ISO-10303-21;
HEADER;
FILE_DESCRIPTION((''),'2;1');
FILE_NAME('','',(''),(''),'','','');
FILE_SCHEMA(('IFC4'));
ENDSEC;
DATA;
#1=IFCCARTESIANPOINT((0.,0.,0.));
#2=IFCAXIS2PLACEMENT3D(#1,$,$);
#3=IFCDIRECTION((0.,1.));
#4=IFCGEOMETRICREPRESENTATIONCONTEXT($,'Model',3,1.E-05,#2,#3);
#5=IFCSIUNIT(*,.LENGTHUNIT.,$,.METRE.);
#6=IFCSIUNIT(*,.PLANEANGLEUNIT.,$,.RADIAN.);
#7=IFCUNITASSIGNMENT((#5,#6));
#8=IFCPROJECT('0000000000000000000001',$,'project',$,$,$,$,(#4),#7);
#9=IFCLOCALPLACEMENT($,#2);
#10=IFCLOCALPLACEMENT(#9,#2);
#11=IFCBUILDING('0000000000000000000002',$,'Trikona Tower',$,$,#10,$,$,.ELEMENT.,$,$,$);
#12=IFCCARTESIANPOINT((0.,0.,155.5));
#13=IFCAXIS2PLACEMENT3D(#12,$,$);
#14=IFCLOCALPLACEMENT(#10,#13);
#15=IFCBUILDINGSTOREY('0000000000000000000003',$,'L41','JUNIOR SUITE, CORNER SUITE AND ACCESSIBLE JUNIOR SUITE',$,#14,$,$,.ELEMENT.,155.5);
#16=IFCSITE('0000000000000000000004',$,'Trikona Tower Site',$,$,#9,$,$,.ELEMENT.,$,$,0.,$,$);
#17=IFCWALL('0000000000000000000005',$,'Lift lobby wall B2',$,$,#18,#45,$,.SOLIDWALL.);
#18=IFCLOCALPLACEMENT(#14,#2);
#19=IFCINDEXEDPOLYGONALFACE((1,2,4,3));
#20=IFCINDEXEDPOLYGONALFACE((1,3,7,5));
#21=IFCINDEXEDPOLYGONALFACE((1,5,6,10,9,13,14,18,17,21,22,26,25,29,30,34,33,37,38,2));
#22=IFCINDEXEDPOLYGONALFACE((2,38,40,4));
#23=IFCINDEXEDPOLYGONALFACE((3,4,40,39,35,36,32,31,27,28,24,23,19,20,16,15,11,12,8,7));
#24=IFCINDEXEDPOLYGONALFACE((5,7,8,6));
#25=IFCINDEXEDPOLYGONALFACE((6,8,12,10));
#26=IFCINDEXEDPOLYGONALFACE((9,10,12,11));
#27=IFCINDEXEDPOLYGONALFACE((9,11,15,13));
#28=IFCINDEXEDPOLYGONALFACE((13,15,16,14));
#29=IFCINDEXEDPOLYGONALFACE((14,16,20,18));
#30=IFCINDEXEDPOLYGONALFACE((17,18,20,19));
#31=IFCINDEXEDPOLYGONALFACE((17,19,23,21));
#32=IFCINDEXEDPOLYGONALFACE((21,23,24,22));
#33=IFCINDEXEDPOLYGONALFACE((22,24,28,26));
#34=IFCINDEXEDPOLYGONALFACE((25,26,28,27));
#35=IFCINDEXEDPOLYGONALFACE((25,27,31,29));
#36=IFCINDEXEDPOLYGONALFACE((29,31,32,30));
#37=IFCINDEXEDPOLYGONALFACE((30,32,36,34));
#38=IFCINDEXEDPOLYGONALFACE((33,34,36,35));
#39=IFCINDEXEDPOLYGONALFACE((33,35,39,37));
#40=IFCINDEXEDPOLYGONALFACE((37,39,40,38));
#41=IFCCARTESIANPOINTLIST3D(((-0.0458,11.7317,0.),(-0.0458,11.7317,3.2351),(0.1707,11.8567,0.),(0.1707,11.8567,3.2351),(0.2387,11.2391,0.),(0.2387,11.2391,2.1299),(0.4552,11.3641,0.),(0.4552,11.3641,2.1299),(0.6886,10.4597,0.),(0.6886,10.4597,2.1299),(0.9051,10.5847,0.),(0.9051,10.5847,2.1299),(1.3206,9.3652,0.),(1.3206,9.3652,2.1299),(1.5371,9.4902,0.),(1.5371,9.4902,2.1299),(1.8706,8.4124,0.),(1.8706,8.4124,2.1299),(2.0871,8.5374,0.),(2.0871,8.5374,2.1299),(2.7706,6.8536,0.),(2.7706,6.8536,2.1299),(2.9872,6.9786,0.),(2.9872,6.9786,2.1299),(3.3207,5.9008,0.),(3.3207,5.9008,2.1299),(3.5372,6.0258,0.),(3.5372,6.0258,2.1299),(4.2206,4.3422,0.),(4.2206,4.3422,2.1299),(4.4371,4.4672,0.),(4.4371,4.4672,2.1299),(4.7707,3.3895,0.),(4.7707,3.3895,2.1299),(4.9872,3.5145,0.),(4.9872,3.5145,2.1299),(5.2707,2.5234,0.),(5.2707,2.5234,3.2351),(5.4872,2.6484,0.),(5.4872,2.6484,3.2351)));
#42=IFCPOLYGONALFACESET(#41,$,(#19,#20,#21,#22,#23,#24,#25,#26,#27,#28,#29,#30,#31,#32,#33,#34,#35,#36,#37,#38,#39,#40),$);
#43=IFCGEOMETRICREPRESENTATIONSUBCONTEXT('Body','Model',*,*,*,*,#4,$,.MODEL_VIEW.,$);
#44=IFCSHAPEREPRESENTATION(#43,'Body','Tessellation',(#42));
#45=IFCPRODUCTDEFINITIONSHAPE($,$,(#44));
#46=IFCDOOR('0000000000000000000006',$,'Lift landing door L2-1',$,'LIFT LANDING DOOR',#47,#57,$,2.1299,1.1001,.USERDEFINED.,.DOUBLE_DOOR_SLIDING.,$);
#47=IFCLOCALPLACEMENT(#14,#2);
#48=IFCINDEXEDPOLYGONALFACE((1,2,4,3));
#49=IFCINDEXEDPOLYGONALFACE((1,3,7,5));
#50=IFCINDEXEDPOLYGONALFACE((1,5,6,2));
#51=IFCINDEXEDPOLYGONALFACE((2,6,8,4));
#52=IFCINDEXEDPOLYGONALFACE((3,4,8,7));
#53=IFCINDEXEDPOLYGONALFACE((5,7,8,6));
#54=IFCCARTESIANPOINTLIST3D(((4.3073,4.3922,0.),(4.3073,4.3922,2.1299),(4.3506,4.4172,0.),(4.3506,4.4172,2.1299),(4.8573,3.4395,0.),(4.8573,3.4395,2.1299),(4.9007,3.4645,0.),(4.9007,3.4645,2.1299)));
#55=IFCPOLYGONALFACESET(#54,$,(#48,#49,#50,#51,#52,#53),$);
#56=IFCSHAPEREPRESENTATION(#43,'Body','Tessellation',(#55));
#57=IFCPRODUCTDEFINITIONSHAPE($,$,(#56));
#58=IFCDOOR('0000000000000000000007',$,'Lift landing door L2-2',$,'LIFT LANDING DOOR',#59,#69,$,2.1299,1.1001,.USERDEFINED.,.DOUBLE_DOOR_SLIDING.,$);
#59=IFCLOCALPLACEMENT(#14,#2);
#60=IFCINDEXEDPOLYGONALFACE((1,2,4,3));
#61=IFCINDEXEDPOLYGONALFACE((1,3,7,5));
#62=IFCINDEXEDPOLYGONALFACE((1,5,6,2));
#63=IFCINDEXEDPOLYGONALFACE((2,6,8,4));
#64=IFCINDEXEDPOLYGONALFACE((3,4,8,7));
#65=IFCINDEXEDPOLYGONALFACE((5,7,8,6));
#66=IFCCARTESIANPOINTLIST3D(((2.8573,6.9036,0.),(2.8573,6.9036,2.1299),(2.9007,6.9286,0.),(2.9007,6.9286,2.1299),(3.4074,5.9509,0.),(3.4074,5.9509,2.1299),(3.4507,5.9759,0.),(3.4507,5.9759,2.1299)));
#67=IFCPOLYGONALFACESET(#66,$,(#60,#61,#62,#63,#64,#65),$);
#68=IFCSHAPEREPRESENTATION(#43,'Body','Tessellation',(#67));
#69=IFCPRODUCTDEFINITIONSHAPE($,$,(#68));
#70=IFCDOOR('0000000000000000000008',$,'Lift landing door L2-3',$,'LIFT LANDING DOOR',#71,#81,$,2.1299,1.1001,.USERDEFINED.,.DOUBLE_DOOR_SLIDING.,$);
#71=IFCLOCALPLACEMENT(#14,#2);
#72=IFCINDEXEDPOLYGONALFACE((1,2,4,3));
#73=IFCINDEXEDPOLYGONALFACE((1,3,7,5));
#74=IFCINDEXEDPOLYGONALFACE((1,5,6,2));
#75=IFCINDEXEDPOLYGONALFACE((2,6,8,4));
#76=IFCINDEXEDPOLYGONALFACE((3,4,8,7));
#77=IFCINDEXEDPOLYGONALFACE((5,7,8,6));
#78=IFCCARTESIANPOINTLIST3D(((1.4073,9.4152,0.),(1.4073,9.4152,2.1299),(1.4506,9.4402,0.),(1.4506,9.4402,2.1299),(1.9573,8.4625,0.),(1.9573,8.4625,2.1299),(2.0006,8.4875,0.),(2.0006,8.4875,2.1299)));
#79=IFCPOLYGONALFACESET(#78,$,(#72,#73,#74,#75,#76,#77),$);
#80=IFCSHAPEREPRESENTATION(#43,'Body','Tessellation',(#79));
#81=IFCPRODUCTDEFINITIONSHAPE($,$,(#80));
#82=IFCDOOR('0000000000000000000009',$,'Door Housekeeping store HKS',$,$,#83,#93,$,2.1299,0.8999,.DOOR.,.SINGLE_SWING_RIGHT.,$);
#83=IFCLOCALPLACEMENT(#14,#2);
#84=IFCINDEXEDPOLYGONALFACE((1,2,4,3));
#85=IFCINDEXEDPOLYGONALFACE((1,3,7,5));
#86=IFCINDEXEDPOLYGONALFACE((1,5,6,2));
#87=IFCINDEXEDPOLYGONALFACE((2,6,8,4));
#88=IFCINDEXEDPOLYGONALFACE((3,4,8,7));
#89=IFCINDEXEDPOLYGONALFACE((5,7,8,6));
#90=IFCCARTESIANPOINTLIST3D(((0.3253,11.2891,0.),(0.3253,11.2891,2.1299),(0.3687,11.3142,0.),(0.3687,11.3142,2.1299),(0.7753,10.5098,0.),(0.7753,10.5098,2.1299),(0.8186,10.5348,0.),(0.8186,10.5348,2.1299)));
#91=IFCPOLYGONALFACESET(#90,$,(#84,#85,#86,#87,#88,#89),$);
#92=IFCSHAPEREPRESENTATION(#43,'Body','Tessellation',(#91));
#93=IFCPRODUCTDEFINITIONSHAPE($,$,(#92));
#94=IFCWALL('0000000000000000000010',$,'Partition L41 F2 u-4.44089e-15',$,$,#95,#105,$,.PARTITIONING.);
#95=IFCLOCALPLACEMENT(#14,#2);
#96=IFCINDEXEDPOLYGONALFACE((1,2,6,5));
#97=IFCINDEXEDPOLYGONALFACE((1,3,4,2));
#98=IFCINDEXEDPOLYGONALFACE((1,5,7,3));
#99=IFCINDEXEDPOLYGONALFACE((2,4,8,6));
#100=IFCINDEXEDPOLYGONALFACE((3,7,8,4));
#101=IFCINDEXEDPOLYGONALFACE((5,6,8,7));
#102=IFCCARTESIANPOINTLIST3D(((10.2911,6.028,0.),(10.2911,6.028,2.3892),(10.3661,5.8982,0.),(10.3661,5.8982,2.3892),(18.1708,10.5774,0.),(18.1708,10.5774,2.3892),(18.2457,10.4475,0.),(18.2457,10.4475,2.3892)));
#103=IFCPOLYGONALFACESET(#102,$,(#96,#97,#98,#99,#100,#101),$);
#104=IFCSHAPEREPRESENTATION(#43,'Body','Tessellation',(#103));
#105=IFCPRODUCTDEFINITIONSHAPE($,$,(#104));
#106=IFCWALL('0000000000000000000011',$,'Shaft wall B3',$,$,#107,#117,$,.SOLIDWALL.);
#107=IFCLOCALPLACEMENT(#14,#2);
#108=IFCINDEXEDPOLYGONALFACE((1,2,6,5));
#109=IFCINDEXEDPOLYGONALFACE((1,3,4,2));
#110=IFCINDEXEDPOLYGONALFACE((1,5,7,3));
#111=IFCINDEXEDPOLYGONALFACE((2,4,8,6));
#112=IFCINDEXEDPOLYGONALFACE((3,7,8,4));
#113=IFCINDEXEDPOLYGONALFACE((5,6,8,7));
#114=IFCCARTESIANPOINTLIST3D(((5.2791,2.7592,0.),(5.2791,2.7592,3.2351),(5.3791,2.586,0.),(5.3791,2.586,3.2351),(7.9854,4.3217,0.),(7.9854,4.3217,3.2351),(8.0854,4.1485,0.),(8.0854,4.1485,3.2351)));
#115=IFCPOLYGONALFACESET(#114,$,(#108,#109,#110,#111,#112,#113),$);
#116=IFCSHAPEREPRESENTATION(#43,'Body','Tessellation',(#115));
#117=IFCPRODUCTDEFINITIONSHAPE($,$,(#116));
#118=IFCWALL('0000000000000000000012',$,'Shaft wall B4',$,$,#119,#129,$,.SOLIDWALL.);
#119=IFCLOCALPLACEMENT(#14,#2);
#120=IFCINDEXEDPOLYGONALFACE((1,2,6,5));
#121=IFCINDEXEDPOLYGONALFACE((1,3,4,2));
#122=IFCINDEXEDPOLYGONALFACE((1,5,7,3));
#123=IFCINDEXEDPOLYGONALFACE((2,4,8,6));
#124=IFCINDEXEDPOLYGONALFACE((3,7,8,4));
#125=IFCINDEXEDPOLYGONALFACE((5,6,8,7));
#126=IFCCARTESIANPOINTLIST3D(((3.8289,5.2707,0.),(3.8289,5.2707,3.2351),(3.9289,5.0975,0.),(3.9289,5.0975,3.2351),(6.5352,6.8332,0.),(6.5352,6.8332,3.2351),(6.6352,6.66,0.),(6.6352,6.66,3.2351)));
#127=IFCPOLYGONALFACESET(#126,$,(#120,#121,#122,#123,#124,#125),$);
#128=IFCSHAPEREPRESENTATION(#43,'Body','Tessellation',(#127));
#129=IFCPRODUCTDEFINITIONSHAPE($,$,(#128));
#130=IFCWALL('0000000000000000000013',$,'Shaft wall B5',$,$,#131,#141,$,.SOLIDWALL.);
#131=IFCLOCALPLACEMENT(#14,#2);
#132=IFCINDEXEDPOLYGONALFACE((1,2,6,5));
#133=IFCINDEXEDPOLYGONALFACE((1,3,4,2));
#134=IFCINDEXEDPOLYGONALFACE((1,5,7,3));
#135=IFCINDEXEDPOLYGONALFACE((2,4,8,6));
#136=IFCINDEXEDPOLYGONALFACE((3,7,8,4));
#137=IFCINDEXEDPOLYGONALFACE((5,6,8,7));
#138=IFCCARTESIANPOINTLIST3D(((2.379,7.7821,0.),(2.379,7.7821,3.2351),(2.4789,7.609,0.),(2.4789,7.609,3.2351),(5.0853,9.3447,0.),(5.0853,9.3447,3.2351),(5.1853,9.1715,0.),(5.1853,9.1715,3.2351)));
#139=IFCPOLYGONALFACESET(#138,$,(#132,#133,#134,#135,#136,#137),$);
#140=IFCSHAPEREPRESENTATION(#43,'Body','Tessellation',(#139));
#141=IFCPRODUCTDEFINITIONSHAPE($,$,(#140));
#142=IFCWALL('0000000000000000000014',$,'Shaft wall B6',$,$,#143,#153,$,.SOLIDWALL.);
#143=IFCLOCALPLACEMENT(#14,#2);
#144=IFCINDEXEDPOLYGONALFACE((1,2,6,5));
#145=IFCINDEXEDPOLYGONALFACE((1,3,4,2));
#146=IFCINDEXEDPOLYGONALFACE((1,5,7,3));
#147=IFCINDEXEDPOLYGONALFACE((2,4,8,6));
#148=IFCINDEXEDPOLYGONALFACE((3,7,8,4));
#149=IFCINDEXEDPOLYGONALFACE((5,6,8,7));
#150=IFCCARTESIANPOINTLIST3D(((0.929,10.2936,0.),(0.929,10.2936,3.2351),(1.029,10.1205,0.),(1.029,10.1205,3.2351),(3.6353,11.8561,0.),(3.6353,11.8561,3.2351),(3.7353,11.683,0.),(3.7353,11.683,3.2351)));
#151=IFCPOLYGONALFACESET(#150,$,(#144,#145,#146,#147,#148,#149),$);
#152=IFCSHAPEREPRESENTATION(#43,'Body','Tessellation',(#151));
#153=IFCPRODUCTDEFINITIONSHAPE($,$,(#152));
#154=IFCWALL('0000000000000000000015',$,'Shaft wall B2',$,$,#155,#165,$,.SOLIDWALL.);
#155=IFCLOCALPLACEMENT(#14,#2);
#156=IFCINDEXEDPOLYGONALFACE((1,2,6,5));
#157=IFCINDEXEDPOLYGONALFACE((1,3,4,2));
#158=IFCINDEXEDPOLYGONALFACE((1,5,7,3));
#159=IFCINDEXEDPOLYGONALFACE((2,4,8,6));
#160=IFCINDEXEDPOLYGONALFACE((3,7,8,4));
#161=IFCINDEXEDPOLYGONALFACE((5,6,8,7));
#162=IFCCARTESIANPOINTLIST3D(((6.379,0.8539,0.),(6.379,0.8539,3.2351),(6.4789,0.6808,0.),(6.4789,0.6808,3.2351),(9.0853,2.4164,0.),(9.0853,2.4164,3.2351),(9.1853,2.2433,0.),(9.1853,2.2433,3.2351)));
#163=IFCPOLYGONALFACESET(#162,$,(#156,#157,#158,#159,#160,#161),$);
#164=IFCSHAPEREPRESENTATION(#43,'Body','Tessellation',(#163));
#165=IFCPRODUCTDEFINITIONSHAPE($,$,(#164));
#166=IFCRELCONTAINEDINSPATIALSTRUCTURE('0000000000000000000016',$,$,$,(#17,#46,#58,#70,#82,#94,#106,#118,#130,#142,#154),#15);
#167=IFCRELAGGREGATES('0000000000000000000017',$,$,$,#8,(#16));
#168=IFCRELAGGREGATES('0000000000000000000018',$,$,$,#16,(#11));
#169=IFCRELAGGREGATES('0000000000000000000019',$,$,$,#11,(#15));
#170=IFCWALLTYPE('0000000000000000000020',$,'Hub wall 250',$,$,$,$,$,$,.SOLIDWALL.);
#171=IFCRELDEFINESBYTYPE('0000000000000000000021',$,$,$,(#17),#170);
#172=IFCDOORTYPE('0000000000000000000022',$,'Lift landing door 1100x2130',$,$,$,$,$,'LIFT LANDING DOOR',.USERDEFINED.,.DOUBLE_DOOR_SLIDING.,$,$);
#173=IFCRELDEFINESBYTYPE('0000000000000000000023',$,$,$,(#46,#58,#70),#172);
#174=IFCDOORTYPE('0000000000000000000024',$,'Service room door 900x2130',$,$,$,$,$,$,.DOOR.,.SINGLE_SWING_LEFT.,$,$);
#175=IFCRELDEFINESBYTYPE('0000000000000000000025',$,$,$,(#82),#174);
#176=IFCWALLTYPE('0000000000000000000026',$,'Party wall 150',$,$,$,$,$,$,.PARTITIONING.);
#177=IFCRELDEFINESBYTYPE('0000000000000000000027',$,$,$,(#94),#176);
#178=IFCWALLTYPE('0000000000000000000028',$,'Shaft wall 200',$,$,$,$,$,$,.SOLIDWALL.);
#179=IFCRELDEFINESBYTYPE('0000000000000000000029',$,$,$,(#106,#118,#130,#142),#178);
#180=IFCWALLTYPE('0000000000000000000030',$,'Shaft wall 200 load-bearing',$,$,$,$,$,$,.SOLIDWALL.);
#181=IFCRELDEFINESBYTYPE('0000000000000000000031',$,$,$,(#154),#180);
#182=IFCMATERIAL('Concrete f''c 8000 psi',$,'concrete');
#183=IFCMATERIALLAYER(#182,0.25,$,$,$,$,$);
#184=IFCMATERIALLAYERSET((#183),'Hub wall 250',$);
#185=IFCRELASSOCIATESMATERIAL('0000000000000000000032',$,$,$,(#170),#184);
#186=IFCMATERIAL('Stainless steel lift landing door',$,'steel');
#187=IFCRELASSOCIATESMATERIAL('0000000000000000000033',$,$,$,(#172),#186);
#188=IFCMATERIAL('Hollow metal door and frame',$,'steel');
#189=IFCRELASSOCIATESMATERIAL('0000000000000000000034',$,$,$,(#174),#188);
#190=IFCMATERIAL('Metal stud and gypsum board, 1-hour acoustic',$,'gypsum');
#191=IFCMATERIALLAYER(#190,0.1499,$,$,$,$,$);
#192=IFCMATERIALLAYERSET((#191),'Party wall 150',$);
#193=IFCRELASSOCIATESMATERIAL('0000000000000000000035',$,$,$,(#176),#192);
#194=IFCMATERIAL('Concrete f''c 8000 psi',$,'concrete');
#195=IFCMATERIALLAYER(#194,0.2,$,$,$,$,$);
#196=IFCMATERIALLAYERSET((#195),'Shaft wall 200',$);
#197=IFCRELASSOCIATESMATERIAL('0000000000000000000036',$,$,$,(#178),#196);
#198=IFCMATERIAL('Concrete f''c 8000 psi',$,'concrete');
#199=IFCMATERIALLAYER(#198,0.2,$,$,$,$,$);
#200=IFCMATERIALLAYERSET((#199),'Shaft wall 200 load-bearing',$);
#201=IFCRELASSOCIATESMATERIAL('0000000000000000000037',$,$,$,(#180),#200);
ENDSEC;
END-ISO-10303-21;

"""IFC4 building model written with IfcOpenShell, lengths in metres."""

from ifc_helpers import new_model, si_unit, direction, frame, frame_2d, origin, place, context, subcontext, project, spatial, rectangle, extrude, material, layer, layer_set, type_object, element, fill, save


model = new_model("IFC4")

# Units and contexts
model_context = context("Model", 3, precision=1e-05, world=origin(), true_north=direction((0.0, 1.0)))
body_context = subcontext(model_context, "Body", "Model", "MODEL_VIEW")
ifc_project = project(units=[si_unit("LENGTHUNIT", "METRE"), si_unit("PLANEANGLEUNIT", "RADIAN")], contexts=[model_context])

# Site, building, storey
site_placement = place(None, origin())
site = spatial("IfcSite", under=ifc_project, at=site_placement, Name="Trikona Tower Site", CompositionType="ELEMENT", RefElevation=0.0)
building_placement = place(site_placement, origin())
building = spatial("IfcBuilding", under=site, at=building_placement, Name="Trikona Tower", CompositionType="ELEMENT")
storey_placement = place(building_placement, frame((0.0, 0.0, 155.5)))
storey = spatial("IfcBuildingStorey", under=building, at=storey_placement, Name="L41", Description="JUNIOR SUITE, CORNER SUITE AND ACCESSIBLE JUNIOR SUITE", CompositionType="ELEMENT", Elevation=155.5)

# Wall, openings, doors
ifc_material_1 = material(Name="Concrete f'c 8000 psi", Category="concrete")
ifc_layer_1 = layer(ifc_material_1, 0.25)
ifc_layer_set_1 = layer_set([ifc_layer_1], Name="Hub wall 250")
wall_type_1 = type_object("IfcWallType", Name="Hub wall 250", PredefinedType="SOLIDWALL", material=ifc_layer_set_1)
wall_1_placement = place(storey_placement, frame((5.3789, 2.5859, 0.0), z_axis=(0.0, 0.0, 1.0), x_axis=(-0.500001, 0.866025, 0.0)))
wall_1 = element("IfcWall", 1, at=wall_1_placement, inside=storey, type_object=wall_type_1, Name="Lift lobby wall B2", PredefinedType="SOLIDWALL", context=body_context, shape_type="SweptSolid", body=[
    extrude(rectangle(XDim=10.6328, YDim=0.25, at=frame_2d((5.3164, 0.0))), origin(), (0.0, 0.0, 1.0), 3.2351),
])
opening_1_placement = place(wall_1_placement, frame((9.1641, 0.0, 0.0)))
opening_1 = element("IfcOpeningElement", 2, at=opening_1_placement, cuts=wall_1, PredefinedType="OPENING", context=body_context, shape_type="SweptSolid", body=[
    extrude(rectangle(XDim=0.8999, YDim=2.1299, at=frame_2d((0.45, 1.0649))), frame((0.0, 0.135, 0.0), z_axis=(0.0, -1.0, 0.0), x_axis=(1.0, 0.0, 0.0)), (0.0, 0.0, 1.0), 0.27),
])
opening_2_placement = place(wall_1_placement, frame((1.0, 0.0, 0.0)))
opening_2 = element("IfcOpeningElement", 3, at=opening_2_placement, cuts=wall_1, PredefinedType="OPENING", context=body_context, shape_type="SweptSolid", body=[
    extrude(rectangle(XDim=1.1001, YDim=2.1299, at=frame_2d((0.55, 1.0649))), frame((0.0, 0.135, 0.0), z_axis=(0.0, -1.0, 0.0), x_axis=(1.0, 0.0, 0.0)), (0.0, 0.0, 1.0), 0.27),
])
opening_3_placement = place(wall_1_placement, frame((3.8999, 0.0, 0.0)))
opening_3 = element("IfcOpeningElement", 4, at=opening_3_placement, cuts=wall_1, PredefinedType="OPENING", context=body_context, shape_type="SweptSolid", body=[
    extrude(rectangle(XDim=1.1001, YDim=2.1299, at=frame_2d((0.55, 1.0649))), frame((0.0, 0.135, 0.0), z_axis=(0.0, -1.0, 0.0), x_axis=(1.0, 0.0, 0.0)), (0.0, 0.0, 1.0), 0.27),
])
opening_4_placement = place(wall_1_placement, frame((6.8, 0.0, 0.0)))
opening_4 = element("IfcOpeningElement", 5, at=opening_4_placement, cuts=wall_1, PredefinedType="OPENING", context=body_context, shape_type="SweptSolid", body=[
    extrude(rectangle(XDim=1.1001, YDim=2.1299, at=frame_2d((0.55, 1.0649))), frame((0.0, 0.135, 0.0), z_axis=(0.0, -1.0, 0.0), x_axis=(1.0, 0.0, 0.0)), (0.0, 0.0, 1.0), 0.27),
])
ifc_material_2 = material(Name="Stainless steel lift landing door", Category="steel")
door_type_1 = type_object("IfcDoorType", Name="Lift landing door 1100x2130", ElementType="LIFT LANDING DOOR", OperationType="DOUBLE_DOOR_SLIDING", PredefinedType="USERDEFINED", material=ifc_material_2)
door_1_placement = place(opening_2_placement, origin())
door_1 = element("IfcDoor", 6, at=door_1_placement, inside=storey, type_object=door_type_1, Name="Lift landing door L2-1", ObjectType="LIFT LANDING DOOR", OperationType="DOUBLE_DOOR_SLIDING", OverallHeight=2.1299, OverallWidth=1.1001, PredefinedType="USERDEFINED", context=body_context, shape_type="SweptSolid", body=[
    extrude(rectangle(XDim=1.1001, YDim=2.1299, at=frame_2d((0.55, 1.0649))), frame((0.0, 0.0249, 0.0), z_axis=(0.0, -1.0, 0.0), x_axis=(1.0, 0.0, 0.0)), (0.0, 0.0, 1.0), 0.05),
])
fill(opening_2, door_1)
door_2_placement = place(opening_3_placement, origin())
door_2 = element("IfcDoor", 7, at=door_2_placement, inside=storey, type_object=door_type_1, Name="Lift landing door L2-2", ObjectType="LIFT LANDING DOOR", OperationType="DOUBLE_DOOR_SLIDING", OverallHeight=2.1299, OverallWidth=1.1001, PredefinedType="USERDEFINED", context=body_context, shape_type="SweptSolid", body=[
    extrude(rectangle(XDim=1.1001, YDim=2.1299, at=frame_2d((0.55, 1.0649))), frame((0.0, 0.0249, 0.0), z_axis=(0.0, -1.0, 0.0), x_axis=(1.0, 0.0, 0.0)), (0.0, 0.0, 1.0), 0.05),
])
fill(opening_3, door_2)
door_3_placement = place(opening_4_placement, origin())
door_3 = element("IfcDoor", 8, at=door_3_placement, inside=storey, type_object=door_type_1, Name="Lift landing door L2-3", ObjectType="LIFT LANDING DOOR", OperationType="DOUBLE_DOOR_SLIDING", OverallHeight=2.1299, OverallWidth=1.1001, PredefinedType="USERDEFINED", context=body_context, shape_type="SweptSolid", body=[
    extrude(rectangle(XDim=1.1001, YDim=2.1299, at=frame_2d((0.55, 1.0649))), frame((0.0, 0.0249, 0.0), z_axis=(0.0, -1.0, 0.0), x_axis=(1.0, 0.0, 0.0)), (0.0, 0.0, 1.0), 0.05),
])
fill(opening_4, door_3)
ifc_material_3 = material(Name="Hollow metal door and frame", Category="steel")
door_type_2 = type_object("IfcDoorType", Name="Service room door 900x2130", OperationType="SINGLE_SWING_LEFT", PredefinedType="DOOR", material=ifc_material_3)
door_4_placement = place(opening_1_placement, origin())
door_4 = element("IfcDoor", 9, at=door_4_placement, inside=storey, type_object=door_type_2, Name="Door Housekeeping store HKS", OperationType="SINGLE_SWING_RIGHT", OverallHeight=2.1299, OverallWidth=0.8999, PredefinedType="DOOR", context=body_context, shape_type="SweptSolid", body=[
    extrude(rectangle(XDim=0.8999, YDim=2.1299, at=frame_2d((0.45, 1.0649))), frame((0.0, 0.0249, 0.0), z_axis=(0.0, -1.0, 0.0), x_axis=(1.0, 0.0, 0.0)), (0.0, 0.0, 1.0), 0.05),
])
fill(opening_1, door_4)

# Walls
ifc_material_4 = material(Name="Metal stud and gypsum board, 1-hour acoustic", Category="gypsum")
ifc_layer_2 = layer(ifc_material_4, 0.1499)
ifc_layer_set_2 = layer_set([ifc_layer_2], Name="Party wall 150")
wall_type_2 = type_object("IfcWallType", Name="Party wall 150", PredefinedType="PARTITIONING", material=ifc_layer_set_2)
wall_2_placement = place(storey_placement, frame((10.3286, 5.9631, 0.0), z_axis=(0.0, 0.0, 1.0), x_axis=(0.866025, 0.5, 0.0)))
element("IfcWall", 10, at=wall_2_placement, inside=storey, type_object=wall_type_2, Name="Partition L41 F2 u-4.44089e-15", PredefinedType="PARTITIONING", context=body_context, shape_type="SweptSolid", body=[
    extrude(rectangle(XDim=9.0986, YDim=0.1499, at=frame_2d((4.5493, 0.0))), origin(), (0.0, 0.0, 1.0), 2.3892),
])
ifc_material_5 = material(Name="Concrete f'c 8000 psi", Category="concrete")
ifc_layer_3 = layer(ifc_material_5, 0.2)
ifc_layer_set_3 = layer_set([ifc_layer_3], Name="Shaft wall 200")
wall_type_3 = type_object("IfcWallType", Name="Shaft wall 200", PredefinedType="SOLIDWALL", material=ifc_layer_set_3)
for number, where, z_axis, x_axis, name in (
    (11, (5.3291, 2.6726, 0.0), (0.0, 0.0, 1.0), (0.866023, 0.500004, 0.0), "Shaft wall B3"),
    (12, (3.8789, 5.1841, 0.0), (0.0, 0.0, 1.0), (0.866023, 0.500004, 0.0), "Shaft wall B4"),
    (13, (2.429, 7.6956, 0.0), (0.0, 0.0, 1.0), (0.866023, 0.500004, 0.0), "Shaft wall B5"),
    (14, (0.979, 10.207, 0.0), (0.0, 0.0, 1.0), (0.866023, 0.500004, 0.0), "Shaft wall B6"),
):
    element("IfcWall", number, at=place(storey_placement, frame(where, z_axis=z_axis, x_axis=x_axis)), inside=storey, type_object=wall_type_3, Name=name, PredefinedType="SOLIDWALL", context=body_context, shape_type="SweptSolid", body=[
        extrude(rectangle(XDim=3.125, YDim=0.2, at=frame_2d((1.5625, 0.0))), origin(), (0.0, 0.0, 1.0), 3.2351),
    ])
ifc_material_6 = material(Name="Concrete f'c 8000 psi", Category="concrete")
ifc_layer_4 = layer(ifc_material_6, 0.2)
ifc_layer_set_4 = layer_set([ifc_layer_4], Name="Shaft wall 200 load-bearing")
wall_type_4 = type_object("IfcWallType", Name="Shaft wall 200 load-bearing", PredefinedType="SOLIDWALL", material=ifc_layer_set_4)
wall_3_placement = place(storey_placement, frame((6.429, 0.7673, 0.0), z_axis=(0.0, 0.0, 1.0), x_axis=(0.866023, 0.500004, 0.0)))
element("IfcWall", 15, at=wall_3_placement, inside=storey, type_object=wall_type_4, Name="Shaft wall B2", PredefinedType="SOLIDWALL", context=body_context, shape_type="SweptSolid", body=[
    extrude(rectangle(XDim=3.125, YDim=0.2, at=frame_2d((1.5625, 0.0))), origin(), (0.0, 0.0, 1.0), 3.2351),
])

save(model, "model.ifc")
